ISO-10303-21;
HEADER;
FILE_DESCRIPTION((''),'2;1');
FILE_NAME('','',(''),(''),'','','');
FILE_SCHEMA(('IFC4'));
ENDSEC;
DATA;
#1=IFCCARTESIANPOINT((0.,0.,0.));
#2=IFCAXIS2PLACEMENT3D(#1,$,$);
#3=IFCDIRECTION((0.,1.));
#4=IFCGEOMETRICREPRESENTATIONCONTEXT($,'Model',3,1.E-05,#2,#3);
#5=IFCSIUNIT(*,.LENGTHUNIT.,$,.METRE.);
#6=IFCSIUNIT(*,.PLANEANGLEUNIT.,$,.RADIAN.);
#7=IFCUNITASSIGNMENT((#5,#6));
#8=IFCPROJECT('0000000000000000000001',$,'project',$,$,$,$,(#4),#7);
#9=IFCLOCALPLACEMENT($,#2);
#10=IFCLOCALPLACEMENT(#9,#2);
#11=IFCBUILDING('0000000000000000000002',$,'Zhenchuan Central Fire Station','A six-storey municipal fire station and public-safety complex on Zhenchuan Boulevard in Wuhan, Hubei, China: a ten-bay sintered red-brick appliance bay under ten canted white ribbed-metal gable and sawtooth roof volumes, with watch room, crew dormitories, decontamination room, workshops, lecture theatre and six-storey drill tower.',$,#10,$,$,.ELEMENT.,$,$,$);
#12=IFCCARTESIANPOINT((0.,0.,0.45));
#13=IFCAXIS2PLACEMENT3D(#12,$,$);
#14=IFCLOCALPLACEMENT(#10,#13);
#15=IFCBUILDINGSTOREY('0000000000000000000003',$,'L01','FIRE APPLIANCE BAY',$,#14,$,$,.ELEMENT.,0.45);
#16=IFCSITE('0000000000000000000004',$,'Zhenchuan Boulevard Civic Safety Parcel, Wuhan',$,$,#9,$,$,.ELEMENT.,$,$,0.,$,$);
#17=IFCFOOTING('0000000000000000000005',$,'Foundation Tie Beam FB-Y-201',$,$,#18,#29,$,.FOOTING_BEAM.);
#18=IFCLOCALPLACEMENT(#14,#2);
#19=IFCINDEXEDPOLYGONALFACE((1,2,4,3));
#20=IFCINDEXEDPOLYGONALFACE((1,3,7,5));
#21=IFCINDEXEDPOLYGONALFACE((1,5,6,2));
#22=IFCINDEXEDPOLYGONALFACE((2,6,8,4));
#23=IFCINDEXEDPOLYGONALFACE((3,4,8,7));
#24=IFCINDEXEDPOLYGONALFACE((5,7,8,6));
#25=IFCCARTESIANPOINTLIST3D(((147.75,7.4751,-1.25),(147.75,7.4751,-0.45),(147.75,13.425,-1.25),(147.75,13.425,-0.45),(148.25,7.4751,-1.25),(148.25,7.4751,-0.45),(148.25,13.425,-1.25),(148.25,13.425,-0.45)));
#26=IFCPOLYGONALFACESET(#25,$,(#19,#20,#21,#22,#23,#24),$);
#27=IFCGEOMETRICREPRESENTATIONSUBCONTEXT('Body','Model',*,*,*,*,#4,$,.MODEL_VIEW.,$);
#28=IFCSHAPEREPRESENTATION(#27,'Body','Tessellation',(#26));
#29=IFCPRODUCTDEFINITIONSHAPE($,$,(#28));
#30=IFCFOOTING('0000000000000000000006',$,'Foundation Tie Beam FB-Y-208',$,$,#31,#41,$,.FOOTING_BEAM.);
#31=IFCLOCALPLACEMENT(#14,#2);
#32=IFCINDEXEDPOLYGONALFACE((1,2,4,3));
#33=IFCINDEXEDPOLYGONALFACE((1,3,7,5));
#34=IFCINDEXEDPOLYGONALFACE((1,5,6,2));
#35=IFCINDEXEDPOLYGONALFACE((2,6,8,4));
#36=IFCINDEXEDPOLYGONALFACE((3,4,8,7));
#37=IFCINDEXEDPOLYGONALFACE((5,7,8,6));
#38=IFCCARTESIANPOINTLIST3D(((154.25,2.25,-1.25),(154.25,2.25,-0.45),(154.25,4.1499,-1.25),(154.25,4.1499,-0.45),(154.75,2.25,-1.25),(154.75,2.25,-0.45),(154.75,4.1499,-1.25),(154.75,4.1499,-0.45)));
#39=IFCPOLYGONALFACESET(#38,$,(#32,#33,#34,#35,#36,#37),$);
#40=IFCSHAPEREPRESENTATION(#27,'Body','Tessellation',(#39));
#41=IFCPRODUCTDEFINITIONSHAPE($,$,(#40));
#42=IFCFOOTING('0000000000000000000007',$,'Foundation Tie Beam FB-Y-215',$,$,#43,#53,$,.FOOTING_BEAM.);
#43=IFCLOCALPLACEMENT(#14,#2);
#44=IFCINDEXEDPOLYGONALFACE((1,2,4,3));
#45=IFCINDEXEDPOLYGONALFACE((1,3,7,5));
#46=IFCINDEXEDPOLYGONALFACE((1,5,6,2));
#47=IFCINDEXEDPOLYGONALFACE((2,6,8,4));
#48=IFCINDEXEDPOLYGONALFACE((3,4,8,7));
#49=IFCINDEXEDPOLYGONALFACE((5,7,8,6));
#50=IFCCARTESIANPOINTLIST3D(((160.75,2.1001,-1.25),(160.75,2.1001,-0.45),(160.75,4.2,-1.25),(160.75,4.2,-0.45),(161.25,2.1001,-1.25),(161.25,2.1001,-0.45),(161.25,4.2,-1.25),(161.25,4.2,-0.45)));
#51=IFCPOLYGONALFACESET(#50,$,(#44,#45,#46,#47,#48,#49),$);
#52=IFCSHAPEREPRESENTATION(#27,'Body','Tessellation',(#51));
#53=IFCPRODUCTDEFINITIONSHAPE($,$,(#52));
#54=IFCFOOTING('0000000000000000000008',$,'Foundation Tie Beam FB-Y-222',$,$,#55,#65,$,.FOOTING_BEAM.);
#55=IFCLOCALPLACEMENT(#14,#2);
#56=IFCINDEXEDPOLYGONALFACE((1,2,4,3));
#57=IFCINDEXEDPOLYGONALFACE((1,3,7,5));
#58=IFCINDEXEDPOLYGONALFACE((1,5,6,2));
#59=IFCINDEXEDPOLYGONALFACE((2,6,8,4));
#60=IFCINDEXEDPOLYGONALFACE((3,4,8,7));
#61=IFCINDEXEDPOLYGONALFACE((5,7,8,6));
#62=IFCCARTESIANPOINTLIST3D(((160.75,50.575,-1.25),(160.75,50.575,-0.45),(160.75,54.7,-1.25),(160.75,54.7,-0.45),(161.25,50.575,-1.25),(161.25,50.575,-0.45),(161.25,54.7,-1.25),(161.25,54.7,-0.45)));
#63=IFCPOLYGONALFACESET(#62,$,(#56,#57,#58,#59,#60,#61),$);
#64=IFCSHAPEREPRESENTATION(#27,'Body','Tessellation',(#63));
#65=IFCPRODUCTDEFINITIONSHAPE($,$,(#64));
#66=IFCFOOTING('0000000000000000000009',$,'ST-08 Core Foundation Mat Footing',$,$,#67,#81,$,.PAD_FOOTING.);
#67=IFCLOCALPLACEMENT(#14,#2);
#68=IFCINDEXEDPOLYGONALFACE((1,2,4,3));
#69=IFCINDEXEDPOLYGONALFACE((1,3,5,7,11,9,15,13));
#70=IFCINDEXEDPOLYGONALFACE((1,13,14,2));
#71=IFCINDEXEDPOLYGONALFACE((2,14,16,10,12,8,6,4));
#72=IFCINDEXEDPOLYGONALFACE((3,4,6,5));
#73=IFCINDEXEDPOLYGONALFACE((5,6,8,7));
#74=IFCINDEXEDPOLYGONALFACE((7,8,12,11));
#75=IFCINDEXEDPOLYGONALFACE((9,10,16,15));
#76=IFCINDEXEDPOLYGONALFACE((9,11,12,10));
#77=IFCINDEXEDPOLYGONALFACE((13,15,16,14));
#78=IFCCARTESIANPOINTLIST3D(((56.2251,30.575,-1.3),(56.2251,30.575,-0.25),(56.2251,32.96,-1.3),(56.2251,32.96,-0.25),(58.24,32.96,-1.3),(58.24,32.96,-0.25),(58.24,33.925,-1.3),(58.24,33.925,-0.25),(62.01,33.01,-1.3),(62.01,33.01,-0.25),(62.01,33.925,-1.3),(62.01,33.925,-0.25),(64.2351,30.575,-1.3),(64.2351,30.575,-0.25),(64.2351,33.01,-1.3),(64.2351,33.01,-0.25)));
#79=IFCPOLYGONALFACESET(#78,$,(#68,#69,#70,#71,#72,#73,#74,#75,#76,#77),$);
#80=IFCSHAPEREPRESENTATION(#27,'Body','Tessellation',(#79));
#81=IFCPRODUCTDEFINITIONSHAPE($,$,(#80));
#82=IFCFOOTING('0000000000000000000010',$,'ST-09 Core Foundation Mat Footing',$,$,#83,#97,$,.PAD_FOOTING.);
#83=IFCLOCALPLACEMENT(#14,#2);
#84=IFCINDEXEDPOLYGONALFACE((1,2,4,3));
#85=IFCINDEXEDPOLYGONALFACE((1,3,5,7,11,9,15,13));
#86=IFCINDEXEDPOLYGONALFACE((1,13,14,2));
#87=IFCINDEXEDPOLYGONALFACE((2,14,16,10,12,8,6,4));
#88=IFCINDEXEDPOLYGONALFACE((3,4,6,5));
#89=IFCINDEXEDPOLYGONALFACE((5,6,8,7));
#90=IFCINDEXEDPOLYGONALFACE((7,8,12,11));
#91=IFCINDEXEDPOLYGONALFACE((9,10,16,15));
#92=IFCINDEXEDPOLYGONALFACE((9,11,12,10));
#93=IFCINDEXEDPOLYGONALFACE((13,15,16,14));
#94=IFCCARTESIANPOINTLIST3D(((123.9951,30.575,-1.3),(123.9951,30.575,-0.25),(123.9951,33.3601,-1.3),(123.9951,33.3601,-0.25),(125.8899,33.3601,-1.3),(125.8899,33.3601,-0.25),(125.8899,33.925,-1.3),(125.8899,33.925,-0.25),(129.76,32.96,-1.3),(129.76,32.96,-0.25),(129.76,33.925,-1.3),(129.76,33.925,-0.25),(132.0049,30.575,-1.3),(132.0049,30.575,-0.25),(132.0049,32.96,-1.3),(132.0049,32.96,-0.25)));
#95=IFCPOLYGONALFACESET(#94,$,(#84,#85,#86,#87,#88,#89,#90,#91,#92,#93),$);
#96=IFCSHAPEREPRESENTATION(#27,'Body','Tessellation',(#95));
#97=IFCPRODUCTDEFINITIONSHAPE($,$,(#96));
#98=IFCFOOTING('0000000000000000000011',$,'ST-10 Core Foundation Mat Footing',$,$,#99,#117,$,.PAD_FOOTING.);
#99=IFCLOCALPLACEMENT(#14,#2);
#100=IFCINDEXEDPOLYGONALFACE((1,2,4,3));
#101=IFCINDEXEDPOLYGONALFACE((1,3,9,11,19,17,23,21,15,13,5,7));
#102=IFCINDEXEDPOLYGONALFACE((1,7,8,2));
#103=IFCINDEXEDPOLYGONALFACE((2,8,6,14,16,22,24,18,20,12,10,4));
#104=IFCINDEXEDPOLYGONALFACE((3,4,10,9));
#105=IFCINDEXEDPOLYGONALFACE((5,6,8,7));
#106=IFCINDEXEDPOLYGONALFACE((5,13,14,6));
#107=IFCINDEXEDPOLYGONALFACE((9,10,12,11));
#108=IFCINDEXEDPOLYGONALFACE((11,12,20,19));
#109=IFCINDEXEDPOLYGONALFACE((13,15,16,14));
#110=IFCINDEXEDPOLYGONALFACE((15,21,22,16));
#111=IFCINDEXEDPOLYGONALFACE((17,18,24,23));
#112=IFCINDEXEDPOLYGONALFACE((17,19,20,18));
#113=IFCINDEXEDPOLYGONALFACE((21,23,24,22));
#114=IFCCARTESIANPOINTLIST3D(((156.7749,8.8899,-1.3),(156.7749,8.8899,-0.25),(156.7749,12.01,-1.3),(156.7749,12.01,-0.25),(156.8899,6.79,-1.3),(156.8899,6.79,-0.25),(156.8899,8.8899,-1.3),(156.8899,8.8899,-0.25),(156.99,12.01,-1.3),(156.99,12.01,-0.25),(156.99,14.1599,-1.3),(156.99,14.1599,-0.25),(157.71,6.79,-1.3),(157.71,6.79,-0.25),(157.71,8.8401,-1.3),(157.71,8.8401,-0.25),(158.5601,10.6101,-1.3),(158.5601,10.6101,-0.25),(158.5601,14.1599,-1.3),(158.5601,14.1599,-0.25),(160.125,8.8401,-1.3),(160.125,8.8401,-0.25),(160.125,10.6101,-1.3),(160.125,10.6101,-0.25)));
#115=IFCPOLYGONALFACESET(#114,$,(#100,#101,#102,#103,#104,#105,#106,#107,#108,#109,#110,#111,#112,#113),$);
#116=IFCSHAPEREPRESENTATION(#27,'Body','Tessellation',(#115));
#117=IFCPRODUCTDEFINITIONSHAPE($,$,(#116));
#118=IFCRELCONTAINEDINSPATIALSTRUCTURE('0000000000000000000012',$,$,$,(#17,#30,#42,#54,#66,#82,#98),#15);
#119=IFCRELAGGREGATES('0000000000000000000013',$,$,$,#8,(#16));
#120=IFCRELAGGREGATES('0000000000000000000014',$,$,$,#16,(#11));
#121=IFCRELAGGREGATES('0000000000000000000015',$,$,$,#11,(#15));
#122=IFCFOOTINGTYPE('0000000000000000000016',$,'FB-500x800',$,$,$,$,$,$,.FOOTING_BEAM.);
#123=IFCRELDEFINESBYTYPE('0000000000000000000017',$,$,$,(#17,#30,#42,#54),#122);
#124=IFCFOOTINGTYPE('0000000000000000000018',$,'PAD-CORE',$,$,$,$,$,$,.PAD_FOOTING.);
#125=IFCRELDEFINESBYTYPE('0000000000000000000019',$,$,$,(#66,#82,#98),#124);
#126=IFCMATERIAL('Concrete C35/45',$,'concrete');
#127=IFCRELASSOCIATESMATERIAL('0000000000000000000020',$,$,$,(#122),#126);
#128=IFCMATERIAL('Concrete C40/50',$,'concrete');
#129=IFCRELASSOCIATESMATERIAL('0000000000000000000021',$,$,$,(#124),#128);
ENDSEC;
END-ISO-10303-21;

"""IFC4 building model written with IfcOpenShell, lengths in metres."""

from ifc_helpers import new_model, si_unit, direction, frame, origin, place, context, subcontext, project, spatial, polyline, outline, extrude, material, type_object, element, save


model = new_model("IFC4")

# Units and contexts
model_context = context("Model", 3, precision=1e-05, world=origin(), true_north=direction((0.0, 1.0)))
body_context = subcontext(model_context, "Body", "Model", "MODEL_VIEW")
ifc_project = project(units=[si_unit("LENGTHUNIT", "METRE"), si_unit("PLANEANGLEUNIT", "RADIAN")], contexts=[model_context])

# Site, building, storey
site_placement = place(None, origin())
site = spatial("IfcSite", under=ifc_project, at=site_placement, Name="Zhenchuan Boulevard Civic Safety Parcel, Wuhan", CompositionType="ELEMENT", RefElevation=0.0)
building_placement = place(site_placement, origin())
building = spatial("IfcBuilding", under=site, at=building_placement, Name="Zhenchuan Central Fire Station", Description="A six-storey municipal fire station and public-safety complex on Zhenchuan Boulevard in Wuhan, Hubei, China: a ten-bay sintered red-brick appliance bay under ten canted white ribbed-metal gable and sawtooth roof volumes, with watch room, crew dormitories, decontamination room, workshops, lecture theatre and six-storey drill tower.", CompositionType="ELEMENT")
storey_placement = place(building_placement, frame((0.0, 0.0, 0.45)))
storey = spatial("IfcBuildingStorey", under=building, at=storey_placement, Name="L01", Description="FIRE APPLIANCE BAY", CompositionType="ELEMENT", Elevation=0.45)

# Footings
ifc_material_1 = material(Name="Concrete C35/45", Category="concrete")
footing_type_1 = type_object("IfcFootingType", Name="FB-500x800", PredefinedType="FOOTING_BEAM", material=ifc_material_1)
footing_1_placement = place(storey_placement, frame((0.0, 0.0, -1.25)))
element("IfcFooting", 1, at=footing_1_placement, inside=storey, type_object=footing_type_1, Name="Foundation Tie Beam FB-Y-201", PredefinedType="FOOTING_BEAM", context=body_context, shape_type="SweptSolid", body=[
    extrude(outline(polyline([(147.75, 7.4751), (148.25, 7.4751), (148.25, 13.425), (147.75, 13.425), (147.75, 7.4751)])), origin(), (0.0, 0.0, 1.0), 0.8),
])
footing_2_placement = place(storey_placement, frame((0.0, 0.0, -1.25)))
element("IfcFooting", 2, at=footing_2_placement, inside=storey, type_object=footing_type_1, Name="Foundation Tie Beam FB-Y-208", PredefinedType="FOOTING_BEAM", context=body_context, shape_type="SweptSolid", body=[
    extrude(outline(polyline([(154.25, 2.25), (154.75, 2.25), (154.75, 4.1499), (154.25, 4.1499), (154.25, 2.25)])), origin(), (0.0, 0.0, 1.0), 0.8),
])
footing_3_placement = place(storey_placement, frame((0.0, 0.0, -1.25)))
element("IfcFooting", 3, at=footing_3_placement, inside=storey, type_object=footing_type_1, Name="Foundation Tie Beam FB-Y-215", PredefinedType="FOOTING_BEAM", context=body_context, shape_type="SweptSolid", body=[
    extrude(outline(polyline([(160.75, 2.1001), (161.25, 2.1001), (161.25, 4.2), (160.75, 4.2), (160.75, 2.1001)])), origin(), (0.0, 0.0, 1.0), 0.8),
])
footing_4_placement = place(storey_placement, frame((0.0, 0.0, -1.25)))
element("IfcFooting", 4, at=footing_4_placement, inside=storey, type_object=footing_type_1, Name="Foundation Tie Beam FB-Y-222", PredefinedType="FOOTING_BEAM", context=body_context, shape_type="SweptSolid", body=[
    extrude(outline(polyline([(160.75, 50.575), (161.25, 50.575), (161.25, 54.7), (160.75, 54.7), (160.75, 50.575)])), origin(), (0.0, 0.0, 1.0), 0.8),
])
ifc_material_2 = material(Name="Concrete C40/50", Category="concrete")
footing_type_2 = type_object("IfcFootingType", Name="PAD-CORE", PredefinedType="PAD_FOOTING", material=ifc_material_2)
footing_5_placement = place(storey_placement, frame((0.0, 0.0, -1.3)))
element("IfcFooting", 5, at=footing_5_placement, inside=storey, type_object=footing_type_2, Name="ST-08 Core Foundation Mat Footing", PredefinedType="PAD_FOOTING", context=body_context, shape_type="SweptSolid", body=[
    extrude(outline(polyline([(64.2351, 30.575), (56.2251, 30.575), (56.2251, 32.96), (58.24, 32.96), (58.24, 33.925), (62.01, 33.925), (62.01, 33.01), (64.2351, 33.01), (64.2351, 30.575)])), origin(), (0.0, 0.0, 1.0), 1.05),
])
footing_6_placement = place(storey_placement, frame((0.0, 0.0, -1.3)))
element("IfcFooting", 6, at=footing_6_placement, inside=storey, type_object=footing_type_2, Name="ST-09 Core Foundation Mat Footing", PredefinedType="PAD_FOOTING", context=body_context, shape_type="SweptSolid", body=[
    extrude(outline(polyline([(132.0049, 30.575), (123.9951, 30.575), (123.9951, 33.3601), (125.8899, 33.3601), (125.8899, 33.925), (129.76, 33.925), (129.76, 32.96), (132.0049, 32.96), (132.0049, 30.575)])), origin(), (0.0, 0.0, 1.0), 1.05),
])
footing_7_placement = place(storey_placement, frame((0.0, 0.0, -1.3)))
element("IfcFooting", 7, at=footing_7_placement, inside=storey, type_object=footing_type_2, Name="ST-10 Core Foundation Mat Footing", PredefinedType="PAD_FOOTING", context=body_context, shape_type="SweptSolid", body=[
    extrude(outline(polyline([(160.125, 8.8401), (157.71, 8.8401), (157.71, 6.79), (156.8899, 6.79), (156.8899, 8.8899), (156.7749, 8.8899), (156.7749, 12.01), (156.99, 12.01), (156.99, 14.1599), (158.5601, 14.1599), (158.5601, 10.6101), (160.125, 10.6101), (160.125, 8.8401)])), origin(), (0.0, 0.0, 1.0), 1.05),
])

save(model, "model.ifc")
